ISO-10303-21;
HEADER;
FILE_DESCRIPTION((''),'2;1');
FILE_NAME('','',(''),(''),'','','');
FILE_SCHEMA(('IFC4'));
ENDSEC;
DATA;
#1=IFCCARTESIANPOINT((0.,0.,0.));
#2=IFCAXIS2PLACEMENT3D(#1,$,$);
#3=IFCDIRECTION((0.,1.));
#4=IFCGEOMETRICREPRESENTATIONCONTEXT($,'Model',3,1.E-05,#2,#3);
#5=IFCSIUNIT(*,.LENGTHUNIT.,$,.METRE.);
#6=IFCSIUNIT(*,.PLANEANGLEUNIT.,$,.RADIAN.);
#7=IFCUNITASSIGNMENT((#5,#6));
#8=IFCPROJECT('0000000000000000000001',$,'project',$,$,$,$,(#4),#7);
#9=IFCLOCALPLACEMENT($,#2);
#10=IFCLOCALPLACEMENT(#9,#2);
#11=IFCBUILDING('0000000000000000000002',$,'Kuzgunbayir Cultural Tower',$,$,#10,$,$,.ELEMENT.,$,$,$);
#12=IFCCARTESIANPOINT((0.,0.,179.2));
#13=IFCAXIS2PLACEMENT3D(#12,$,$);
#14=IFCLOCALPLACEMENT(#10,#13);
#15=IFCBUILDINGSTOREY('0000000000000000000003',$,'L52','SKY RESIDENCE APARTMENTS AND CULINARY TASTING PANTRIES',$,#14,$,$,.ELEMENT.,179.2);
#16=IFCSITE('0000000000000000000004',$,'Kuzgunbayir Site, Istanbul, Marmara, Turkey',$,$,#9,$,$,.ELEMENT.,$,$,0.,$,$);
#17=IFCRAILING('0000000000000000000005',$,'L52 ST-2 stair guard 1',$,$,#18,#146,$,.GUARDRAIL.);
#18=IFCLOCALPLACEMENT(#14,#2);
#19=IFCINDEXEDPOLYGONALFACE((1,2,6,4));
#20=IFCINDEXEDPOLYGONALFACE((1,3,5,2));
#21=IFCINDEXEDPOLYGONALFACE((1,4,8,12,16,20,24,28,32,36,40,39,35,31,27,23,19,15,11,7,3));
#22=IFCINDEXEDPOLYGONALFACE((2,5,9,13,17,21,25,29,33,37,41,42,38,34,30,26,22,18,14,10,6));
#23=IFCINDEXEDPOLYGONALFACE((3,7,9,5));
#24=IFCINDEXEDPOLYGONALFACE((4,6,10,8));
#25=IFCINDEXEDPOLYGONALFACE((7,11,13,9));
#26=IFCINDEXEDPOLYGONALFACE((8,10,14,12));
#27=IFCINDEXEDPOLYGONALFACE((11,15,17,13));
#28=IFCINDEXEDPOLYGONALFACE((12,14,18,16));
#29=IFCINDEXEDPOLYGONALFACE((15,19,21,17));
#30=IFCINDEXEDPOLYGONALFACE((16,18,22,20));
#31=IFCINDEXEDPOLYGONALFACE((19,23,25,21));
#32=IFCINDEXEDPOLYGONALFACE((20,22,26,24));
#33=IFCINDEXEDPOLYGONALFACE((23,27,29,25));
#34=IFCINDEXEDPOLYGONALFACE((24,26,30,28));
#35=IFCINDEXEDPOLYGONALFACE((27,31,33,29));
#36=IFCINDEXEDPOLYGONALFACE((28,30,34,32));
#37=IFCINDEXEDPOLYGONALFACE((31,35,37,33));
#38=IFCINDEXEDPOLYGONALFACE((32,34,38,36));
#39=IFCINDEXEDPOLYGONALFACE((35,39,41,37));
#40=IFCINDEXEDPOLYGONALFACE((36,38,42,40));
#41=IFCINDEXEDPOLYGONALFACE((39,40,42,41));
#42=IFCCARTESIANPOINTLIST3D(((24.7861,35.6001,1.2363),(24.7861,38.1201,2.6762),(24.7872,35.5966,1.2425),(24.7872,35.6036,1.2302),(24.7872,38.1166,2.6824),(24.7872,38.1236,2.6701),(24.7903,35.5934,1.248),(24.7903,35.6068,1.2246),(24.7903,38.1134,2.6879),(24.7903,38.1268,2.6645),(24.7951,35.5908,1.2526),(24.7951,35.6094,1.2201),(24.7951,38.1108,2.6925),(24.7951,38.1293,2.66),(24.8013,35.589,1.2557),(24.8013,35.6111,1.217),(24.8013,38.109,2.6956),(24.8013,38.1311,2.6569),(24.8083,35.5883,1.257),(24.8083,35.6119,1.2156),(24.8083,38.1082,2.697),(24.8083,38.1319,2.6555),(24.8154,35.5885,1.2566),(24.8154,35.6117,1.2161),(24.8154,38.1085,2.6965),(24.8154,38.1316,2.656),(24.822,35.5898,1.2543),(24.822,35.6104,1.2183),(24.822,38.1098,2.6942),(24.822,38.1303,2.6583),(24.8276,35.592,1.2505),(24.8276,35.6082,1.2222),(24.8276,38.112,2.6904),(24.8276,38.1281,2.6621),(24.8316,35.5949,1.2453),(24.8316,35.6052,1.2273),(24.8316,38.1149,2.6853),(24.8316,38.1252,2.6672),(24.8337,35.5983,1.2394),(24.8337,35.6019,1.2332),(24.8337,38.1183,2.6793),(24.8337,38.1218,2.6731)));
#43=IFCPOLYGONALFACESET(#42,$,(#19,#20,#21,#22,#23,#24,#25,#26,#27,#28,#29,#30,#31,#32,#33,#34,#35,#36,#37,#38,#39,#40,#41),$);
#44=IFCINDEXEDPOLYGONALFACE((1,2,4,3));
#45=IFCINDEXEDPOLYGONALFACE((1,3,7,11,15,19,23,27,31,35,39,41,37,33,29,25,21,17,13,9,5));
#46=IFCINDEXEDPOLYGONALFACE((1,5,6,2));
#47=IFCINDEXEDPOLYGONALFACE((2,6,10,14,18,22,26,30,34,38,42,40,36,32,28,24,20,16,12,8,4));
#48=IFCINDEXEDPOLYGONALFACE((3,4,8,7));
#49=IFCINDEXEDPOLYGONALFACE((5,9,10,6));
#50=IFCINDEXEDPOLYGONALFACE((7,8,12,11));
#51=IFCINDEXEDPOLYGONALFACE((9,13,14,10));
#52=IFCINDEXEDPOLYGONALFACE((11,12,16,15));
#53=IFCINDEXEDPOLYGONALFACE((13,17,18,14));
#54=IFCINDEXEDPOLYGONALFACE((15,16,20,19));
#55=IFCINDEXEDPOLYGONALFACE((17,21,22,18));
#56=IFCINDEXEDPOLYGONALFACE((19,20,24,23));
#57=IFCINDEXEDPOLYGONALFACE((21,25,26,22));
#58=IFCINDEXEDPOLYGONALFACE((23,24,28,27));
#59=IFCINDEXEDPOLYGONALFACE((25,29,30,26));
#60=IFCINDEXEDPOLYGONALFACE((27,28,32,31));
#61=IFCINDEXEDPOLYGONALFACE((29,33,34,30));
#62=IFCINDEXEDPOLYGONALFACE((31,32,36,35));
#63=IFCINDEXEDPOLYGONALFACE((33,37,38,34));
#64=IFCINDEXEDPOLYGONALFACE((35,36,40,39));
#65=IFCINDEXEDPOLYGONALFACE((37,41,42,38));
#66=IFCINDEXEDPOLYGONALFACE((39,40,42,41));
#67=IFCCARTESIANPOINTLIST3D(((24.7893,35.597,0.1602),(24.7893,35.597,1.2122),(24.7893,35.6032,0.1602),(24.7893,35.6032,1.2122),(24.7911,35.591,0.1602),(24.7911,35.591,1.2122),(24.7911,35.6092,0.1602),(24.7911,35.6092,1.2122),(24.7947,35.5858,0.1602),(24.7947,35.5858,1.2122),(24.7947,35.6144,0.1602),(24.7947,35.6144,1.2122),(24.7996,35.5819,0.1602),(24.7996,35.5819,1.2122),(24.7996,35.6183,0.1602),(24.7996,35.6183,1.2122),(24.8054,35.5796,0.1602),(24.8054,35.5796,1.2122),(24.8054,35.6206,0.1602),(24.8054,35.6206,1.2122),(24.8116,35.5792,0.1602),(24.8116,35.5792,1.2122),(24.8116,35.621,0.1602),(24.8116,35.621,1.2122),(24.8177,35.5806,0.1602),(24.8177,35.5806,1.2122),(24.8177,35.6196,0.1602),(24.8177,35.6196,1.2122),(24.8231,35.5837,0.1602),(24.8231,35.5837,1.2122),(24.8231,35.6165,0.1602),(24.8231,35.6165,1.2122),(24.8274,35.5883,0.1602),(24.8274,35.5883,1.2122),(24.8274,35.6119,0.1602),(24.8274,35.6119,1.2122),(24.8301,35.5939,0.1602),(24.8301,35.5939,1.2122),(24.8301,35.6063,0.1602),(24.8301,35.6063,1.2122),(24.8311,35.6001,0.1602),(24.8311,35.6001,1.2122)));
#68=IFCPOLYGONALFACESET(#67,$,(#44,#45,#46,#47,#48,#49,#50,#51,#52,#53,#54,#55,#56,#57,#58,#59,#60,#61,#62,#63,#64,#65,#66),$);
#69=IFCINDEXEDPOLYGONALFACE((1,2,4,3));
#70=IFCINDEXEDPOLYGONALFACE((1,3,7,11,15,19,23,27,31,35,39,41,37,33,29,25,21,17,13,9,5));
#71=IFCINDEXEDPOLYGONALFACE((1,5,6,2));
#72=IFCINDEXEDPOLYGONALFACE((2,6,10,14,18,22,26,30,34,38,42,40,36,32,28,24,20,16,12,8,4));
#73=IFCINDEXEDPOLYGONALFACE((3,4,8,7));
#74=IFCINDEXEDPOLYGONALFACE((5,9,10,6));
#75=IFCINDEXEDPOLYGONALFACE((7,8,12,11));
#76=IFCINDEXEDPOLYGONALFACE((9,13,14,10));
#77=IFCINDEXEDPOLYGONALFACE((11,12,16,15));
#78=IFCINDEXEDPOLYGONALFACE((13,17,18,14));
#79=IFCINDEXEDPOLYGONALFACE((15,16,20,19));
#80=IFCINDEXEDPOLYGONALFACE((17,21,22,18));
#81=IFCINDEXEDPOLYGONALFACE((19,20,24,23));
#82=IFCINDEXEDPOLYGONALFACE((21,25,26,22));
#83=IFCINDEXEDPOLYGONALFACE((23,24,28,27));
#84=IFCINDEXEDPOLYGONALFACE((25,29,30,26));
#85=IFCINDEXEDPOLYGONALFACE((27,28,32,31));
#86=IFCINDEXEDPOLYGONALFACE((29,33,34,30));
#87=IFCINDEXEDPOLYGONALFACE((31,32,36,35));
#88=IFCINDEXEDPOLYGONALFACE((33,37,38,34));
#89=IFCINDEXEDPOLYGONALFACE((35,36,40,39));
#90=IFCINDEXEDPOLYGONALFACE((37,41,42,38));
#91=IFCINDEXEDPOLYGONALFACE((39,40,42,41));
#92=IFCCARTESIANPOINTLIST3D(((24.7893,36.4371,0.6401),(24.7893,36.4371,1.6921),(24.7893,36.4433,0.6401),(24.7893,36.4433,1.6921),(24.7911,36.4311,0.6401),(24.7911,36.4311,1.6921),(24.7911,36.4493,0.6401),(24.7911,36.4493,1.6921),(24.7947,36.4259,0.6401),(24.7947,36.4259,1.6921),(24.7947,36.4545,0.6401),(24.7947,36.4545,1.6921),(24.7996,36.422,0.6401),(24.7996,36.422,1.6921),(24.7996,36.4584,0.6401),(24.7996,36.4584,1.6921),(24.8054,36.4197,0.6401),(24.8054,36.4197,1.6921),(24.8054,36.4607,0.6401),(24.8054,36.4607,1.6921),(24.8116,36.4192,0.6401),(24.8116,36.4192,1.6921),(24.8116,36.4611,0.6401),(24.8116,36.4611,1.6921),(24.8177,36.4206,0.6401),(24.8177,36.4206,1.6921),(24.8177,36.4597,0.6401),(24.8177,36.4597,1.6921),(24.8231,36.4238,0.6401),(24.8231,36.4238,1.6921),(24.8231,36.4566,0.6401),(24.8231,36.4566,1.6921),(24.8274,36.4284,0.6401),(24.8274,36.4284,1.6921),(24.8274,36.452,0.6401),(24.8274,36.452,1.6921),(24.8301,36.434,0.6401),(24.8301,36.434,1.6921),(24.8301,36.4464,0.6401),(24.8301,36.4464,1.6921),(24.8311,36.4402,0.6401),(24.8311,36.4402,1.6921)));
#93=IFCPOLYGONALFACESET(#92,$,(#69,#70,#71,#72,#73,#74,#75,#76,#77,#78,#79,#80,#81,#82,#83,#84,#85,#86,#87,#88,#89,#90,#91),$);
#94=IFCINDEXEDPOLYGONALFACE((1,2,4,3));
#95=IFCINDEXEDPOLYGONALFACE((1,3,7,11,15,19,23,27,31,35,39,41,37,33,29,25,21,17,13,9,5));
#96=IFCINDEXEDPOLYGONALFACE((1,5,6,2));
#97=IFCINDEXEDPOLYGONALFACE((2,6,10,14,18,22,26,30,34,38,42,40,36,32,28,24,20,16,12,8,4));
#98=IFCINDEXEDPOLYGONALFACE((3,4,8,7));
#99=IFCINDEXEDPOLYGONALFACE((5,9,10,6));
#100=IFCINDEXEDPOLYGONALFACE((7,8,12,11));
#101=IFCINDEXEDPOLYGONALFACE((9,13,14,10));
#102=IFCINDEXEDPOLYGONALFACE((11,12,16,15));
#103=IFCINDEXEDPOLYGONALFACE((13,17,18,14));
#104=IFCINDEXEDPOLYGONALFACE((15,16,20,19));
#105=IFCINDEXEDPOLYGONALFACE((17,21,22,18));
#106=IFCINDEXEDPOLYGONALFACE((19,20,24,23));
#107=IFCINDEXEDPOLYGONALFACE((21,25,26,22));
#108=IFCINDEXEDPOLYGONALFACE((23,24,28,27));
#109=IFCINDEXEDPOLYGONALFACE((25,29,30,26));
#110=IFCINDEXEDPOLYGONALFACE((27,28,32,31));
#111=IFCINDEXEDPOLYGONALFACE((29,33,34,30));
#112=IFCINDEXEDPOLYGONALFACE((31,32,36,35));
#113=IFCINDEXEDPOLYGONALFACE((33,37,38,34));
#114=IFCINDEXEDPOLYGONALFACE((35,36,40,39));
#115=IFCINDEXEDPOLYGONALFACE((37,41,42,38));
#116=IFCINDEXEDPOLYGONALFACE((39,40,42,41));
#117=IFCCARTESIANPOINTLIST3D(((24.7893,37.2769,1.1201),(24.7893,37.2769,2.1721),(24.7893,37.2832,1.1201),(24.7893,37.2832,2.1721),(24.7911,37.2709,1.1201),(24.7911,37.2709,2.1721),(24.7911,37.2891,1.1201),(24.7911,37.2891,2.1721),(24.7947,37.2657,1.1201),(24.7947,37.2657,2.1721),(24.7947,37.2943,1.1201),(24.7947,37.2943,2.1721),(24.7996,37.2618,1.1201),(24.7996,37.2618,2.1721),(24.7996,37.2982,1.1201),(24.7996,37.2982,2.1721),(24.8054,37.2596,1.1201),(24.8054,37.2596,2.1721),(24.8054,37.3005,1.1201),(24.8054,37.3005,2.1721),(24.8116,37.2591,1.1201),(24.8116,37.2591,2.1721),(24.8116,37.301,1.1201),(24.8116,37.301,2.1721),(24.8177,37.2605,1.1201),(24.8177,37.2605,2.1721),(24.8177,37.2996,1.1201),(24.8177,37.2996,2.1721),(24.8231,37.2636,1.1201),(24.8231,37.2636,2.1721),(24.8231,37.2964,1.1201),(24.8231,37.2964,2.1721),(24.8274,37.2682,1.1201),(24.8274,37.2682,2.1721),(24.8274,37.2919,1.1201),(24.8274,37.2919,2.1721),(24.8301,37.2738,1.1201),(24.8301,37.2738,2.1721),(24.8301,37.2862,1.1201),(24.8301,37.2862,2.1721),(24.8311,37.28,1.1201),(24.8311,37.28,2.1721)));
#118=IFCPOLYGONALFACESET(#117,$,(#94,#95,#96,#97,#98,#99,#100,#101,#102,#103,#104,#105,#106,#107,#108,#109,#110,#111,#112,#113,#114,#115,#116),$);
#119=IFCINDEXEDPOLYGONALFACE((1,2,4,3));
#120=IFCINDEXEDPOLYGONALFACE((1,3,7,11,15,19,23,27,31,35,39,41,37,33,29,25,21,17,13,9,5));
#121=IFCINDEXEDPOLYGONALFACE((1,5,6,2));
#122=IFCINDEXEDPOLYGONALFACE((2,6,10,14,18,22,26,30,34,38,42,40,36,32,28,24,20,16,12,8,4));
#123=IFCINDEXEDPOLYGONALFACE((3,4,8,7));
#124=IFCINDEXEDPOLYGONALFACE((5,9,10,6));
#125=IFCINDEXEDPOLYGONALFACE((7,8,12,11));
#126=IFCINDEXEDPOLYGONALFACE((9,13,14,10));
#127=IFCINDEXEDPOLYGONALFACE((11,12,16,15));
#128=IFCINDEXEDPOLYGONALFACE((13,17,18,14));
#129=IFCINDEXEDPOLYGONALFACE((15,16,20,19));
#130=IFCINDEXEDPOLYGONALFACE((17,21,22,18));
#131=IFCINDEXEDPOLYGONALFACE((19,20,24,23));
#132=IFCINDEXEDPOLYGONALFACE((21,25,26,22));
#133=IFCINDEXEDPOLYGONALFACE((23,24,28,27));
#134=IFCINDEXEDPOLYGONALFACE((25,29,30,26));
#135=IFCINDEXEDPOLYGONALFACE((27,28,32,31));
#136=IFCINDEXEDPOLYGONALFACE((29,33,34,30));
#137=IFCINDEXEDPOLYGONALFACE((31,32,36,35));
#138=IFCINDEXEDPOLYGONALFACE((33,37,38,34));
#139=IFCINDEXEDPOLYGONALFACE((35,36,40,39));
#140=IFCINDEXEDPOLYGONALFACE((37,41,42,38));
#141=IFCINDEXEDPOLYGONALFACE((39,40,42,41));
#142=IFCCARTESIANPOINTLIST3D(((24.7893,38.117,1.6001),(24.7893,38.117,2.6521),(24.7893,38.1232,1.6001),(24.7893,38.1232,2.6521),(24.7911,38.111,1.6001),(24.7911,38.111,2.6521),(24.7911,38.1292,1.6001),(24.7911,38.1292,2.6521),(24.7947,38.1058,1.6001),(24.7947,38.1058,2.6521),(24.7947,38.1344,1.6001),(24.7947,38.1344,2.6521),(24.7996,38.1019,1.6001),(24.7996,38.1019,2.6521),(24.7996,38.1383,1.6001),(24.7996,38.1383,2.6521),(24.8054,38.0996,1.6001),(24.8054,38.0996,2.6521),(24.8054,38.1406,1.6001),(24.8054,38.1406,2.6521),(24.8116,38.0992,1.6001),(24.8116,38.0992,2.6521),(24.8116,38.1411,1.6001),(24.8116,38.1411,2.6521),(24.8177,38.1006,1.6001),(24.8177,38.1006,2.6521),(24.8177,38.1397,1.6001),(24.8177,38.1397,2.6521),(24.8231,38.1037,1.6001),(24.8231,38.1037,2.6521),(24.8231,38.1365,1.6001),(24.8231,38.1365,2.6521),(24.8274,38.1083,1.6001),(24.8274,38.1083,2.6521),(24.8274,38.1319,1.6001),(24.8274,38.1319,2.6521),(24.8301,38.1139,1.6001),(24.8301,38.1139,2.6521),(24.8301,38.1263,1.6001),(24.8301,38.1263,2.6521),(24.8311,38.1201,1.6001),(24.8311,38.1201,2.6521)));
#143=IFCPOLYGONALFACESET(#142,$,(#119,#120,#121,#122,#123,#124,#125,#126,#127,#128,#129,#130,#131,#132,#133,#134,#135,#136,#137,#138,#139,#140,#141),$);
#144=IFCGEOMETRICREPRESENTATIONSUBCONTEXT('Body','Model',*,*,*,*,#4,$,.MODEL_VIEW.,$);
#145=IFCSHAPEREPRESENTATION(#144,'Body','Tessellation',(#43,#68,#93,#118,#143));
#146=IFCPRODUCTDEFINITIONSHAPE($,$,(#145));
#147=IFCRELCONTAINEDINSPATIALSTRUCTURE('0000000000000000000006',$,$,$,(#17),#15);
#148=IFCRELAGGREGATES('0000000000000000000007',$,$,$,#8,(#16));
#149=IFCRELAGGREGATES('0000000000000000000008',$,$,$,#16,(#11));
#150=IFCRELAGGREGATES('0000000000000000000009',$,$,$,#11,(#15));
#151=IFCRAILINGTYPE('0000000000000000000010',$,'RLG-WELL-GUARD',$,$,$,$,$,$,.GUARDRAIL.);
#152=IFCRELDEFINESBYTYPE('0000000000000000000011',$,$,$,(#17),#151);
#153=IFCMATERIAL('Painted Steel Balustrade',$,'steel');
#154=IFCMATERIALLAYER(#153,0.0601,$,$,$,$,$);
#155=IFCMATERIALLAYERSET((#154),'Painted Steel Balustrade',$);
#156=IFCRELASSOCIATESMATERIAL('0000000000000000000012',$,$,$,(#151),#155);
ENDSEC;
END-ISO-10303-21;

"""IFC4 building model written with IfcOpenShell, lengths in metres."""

from ifc_helpers import new_model, si_unit, direction, frame, origin, origin_2d, place, context, subcontext, project, spatial, circle, extrude, material, layer, layer_set, type_object, element, save


model = new_model("IFC4")

# Units and contexts
model_context = context("Model", 3, precision=1e-05, world=origin(), true_north=direction((0.0, 1.0)))
body_context = subcontext(model_context, "Body", "Model", "MODEL_VIEW")
ifc_project = project(units=[si_unit("LENGTHUNIT", "METRE"), si_unit("PLANEANGLEUNIT", "RADIAN")], contexts=[model_context])

# Site, building, storey
site_placement = place(None, origin())
site = spatial("IfcSite", under=ifc_project, at=site_placement, Name="Kuzgunbayir Site, Istanbul, Marmara, Turkey", CompositionType="ELEMENT", RefElevation=0.0)
building_placement = place(site_placement, origin())
building = spatial("IfcBuilding", under=site, at=building_placement, Name="Kuzgunbayir Cultural Tower", CompositionType="ELEMENT")
storey_placement = place(building_placement, frame((0.0, 0.0, 179.2)))
storey = spatial("IfcBuildingStorey", under=building, at=storey_placement, Name="L52", Description="SKY RESIDENCE APARTMENTS AND CULINARY TASTING PANTRIES", CompositionType="ELEMENT", Elevation=179.2)

# Railing
ifc_material_1 = material(Name="Painted Steel Balustrade", Category="steel")
ifc_layer_1 = layer(ifc_material_1, 0.0601)
ifc_layer_set_1 = layer_set([ifc_layer_1], Name="Painted Steel Balustrade")
railing_type_1 = type_object("IfcRailingType", Name="RLG-WELL-GUARD", PredefinedType="GUARDRAIL", material=ifc_layer_set_1)
railing_1_placement = place(storey_placement, frame((24.8101, 35.6001, 0.1602)))
element("IfcRailing", 1, at=railing_1_placement, inside=storey, type_object=railing_type_1, Name="L52 ST-2 stair guard 1", PredefinedType="GUARDRAIL", context=body_context, shape_type="SweptSolid", body=[
    extrude(circle(Radius=0.0239, at=origin_2d()), frame((0.0, 0.0, 1.0762), z_axis=(0.0, 0.868253, 0.496121), x_axis=(-1.0, 0.0, 0.0)), (0.0, 0.0, 1.0), 2.9023),
    extrude(circle(Radius=0.021, at=origin_2d()), origin(), (0.0, 0.0, 1.0), 1.052),
    extrude(circle(Radius=0.021, at=origin_2d()), frame((0.0, 0.8401, 0.48)), (0.0, 0.0, 1.0), 1.052),
    extrude(circle(Radius=0.021, at=origin_2d()), frame((0.0, 1.6799, 0.96)), (0.0, 0.0, 1.0), 1.052),
    extrude(circle(Radius=0.021, at=origin_2d()), frame((0.0, 2.52, 1.4399)), (0.0, 0.0, 1.0), 1.052),
])

save(model, "model.ifc")
